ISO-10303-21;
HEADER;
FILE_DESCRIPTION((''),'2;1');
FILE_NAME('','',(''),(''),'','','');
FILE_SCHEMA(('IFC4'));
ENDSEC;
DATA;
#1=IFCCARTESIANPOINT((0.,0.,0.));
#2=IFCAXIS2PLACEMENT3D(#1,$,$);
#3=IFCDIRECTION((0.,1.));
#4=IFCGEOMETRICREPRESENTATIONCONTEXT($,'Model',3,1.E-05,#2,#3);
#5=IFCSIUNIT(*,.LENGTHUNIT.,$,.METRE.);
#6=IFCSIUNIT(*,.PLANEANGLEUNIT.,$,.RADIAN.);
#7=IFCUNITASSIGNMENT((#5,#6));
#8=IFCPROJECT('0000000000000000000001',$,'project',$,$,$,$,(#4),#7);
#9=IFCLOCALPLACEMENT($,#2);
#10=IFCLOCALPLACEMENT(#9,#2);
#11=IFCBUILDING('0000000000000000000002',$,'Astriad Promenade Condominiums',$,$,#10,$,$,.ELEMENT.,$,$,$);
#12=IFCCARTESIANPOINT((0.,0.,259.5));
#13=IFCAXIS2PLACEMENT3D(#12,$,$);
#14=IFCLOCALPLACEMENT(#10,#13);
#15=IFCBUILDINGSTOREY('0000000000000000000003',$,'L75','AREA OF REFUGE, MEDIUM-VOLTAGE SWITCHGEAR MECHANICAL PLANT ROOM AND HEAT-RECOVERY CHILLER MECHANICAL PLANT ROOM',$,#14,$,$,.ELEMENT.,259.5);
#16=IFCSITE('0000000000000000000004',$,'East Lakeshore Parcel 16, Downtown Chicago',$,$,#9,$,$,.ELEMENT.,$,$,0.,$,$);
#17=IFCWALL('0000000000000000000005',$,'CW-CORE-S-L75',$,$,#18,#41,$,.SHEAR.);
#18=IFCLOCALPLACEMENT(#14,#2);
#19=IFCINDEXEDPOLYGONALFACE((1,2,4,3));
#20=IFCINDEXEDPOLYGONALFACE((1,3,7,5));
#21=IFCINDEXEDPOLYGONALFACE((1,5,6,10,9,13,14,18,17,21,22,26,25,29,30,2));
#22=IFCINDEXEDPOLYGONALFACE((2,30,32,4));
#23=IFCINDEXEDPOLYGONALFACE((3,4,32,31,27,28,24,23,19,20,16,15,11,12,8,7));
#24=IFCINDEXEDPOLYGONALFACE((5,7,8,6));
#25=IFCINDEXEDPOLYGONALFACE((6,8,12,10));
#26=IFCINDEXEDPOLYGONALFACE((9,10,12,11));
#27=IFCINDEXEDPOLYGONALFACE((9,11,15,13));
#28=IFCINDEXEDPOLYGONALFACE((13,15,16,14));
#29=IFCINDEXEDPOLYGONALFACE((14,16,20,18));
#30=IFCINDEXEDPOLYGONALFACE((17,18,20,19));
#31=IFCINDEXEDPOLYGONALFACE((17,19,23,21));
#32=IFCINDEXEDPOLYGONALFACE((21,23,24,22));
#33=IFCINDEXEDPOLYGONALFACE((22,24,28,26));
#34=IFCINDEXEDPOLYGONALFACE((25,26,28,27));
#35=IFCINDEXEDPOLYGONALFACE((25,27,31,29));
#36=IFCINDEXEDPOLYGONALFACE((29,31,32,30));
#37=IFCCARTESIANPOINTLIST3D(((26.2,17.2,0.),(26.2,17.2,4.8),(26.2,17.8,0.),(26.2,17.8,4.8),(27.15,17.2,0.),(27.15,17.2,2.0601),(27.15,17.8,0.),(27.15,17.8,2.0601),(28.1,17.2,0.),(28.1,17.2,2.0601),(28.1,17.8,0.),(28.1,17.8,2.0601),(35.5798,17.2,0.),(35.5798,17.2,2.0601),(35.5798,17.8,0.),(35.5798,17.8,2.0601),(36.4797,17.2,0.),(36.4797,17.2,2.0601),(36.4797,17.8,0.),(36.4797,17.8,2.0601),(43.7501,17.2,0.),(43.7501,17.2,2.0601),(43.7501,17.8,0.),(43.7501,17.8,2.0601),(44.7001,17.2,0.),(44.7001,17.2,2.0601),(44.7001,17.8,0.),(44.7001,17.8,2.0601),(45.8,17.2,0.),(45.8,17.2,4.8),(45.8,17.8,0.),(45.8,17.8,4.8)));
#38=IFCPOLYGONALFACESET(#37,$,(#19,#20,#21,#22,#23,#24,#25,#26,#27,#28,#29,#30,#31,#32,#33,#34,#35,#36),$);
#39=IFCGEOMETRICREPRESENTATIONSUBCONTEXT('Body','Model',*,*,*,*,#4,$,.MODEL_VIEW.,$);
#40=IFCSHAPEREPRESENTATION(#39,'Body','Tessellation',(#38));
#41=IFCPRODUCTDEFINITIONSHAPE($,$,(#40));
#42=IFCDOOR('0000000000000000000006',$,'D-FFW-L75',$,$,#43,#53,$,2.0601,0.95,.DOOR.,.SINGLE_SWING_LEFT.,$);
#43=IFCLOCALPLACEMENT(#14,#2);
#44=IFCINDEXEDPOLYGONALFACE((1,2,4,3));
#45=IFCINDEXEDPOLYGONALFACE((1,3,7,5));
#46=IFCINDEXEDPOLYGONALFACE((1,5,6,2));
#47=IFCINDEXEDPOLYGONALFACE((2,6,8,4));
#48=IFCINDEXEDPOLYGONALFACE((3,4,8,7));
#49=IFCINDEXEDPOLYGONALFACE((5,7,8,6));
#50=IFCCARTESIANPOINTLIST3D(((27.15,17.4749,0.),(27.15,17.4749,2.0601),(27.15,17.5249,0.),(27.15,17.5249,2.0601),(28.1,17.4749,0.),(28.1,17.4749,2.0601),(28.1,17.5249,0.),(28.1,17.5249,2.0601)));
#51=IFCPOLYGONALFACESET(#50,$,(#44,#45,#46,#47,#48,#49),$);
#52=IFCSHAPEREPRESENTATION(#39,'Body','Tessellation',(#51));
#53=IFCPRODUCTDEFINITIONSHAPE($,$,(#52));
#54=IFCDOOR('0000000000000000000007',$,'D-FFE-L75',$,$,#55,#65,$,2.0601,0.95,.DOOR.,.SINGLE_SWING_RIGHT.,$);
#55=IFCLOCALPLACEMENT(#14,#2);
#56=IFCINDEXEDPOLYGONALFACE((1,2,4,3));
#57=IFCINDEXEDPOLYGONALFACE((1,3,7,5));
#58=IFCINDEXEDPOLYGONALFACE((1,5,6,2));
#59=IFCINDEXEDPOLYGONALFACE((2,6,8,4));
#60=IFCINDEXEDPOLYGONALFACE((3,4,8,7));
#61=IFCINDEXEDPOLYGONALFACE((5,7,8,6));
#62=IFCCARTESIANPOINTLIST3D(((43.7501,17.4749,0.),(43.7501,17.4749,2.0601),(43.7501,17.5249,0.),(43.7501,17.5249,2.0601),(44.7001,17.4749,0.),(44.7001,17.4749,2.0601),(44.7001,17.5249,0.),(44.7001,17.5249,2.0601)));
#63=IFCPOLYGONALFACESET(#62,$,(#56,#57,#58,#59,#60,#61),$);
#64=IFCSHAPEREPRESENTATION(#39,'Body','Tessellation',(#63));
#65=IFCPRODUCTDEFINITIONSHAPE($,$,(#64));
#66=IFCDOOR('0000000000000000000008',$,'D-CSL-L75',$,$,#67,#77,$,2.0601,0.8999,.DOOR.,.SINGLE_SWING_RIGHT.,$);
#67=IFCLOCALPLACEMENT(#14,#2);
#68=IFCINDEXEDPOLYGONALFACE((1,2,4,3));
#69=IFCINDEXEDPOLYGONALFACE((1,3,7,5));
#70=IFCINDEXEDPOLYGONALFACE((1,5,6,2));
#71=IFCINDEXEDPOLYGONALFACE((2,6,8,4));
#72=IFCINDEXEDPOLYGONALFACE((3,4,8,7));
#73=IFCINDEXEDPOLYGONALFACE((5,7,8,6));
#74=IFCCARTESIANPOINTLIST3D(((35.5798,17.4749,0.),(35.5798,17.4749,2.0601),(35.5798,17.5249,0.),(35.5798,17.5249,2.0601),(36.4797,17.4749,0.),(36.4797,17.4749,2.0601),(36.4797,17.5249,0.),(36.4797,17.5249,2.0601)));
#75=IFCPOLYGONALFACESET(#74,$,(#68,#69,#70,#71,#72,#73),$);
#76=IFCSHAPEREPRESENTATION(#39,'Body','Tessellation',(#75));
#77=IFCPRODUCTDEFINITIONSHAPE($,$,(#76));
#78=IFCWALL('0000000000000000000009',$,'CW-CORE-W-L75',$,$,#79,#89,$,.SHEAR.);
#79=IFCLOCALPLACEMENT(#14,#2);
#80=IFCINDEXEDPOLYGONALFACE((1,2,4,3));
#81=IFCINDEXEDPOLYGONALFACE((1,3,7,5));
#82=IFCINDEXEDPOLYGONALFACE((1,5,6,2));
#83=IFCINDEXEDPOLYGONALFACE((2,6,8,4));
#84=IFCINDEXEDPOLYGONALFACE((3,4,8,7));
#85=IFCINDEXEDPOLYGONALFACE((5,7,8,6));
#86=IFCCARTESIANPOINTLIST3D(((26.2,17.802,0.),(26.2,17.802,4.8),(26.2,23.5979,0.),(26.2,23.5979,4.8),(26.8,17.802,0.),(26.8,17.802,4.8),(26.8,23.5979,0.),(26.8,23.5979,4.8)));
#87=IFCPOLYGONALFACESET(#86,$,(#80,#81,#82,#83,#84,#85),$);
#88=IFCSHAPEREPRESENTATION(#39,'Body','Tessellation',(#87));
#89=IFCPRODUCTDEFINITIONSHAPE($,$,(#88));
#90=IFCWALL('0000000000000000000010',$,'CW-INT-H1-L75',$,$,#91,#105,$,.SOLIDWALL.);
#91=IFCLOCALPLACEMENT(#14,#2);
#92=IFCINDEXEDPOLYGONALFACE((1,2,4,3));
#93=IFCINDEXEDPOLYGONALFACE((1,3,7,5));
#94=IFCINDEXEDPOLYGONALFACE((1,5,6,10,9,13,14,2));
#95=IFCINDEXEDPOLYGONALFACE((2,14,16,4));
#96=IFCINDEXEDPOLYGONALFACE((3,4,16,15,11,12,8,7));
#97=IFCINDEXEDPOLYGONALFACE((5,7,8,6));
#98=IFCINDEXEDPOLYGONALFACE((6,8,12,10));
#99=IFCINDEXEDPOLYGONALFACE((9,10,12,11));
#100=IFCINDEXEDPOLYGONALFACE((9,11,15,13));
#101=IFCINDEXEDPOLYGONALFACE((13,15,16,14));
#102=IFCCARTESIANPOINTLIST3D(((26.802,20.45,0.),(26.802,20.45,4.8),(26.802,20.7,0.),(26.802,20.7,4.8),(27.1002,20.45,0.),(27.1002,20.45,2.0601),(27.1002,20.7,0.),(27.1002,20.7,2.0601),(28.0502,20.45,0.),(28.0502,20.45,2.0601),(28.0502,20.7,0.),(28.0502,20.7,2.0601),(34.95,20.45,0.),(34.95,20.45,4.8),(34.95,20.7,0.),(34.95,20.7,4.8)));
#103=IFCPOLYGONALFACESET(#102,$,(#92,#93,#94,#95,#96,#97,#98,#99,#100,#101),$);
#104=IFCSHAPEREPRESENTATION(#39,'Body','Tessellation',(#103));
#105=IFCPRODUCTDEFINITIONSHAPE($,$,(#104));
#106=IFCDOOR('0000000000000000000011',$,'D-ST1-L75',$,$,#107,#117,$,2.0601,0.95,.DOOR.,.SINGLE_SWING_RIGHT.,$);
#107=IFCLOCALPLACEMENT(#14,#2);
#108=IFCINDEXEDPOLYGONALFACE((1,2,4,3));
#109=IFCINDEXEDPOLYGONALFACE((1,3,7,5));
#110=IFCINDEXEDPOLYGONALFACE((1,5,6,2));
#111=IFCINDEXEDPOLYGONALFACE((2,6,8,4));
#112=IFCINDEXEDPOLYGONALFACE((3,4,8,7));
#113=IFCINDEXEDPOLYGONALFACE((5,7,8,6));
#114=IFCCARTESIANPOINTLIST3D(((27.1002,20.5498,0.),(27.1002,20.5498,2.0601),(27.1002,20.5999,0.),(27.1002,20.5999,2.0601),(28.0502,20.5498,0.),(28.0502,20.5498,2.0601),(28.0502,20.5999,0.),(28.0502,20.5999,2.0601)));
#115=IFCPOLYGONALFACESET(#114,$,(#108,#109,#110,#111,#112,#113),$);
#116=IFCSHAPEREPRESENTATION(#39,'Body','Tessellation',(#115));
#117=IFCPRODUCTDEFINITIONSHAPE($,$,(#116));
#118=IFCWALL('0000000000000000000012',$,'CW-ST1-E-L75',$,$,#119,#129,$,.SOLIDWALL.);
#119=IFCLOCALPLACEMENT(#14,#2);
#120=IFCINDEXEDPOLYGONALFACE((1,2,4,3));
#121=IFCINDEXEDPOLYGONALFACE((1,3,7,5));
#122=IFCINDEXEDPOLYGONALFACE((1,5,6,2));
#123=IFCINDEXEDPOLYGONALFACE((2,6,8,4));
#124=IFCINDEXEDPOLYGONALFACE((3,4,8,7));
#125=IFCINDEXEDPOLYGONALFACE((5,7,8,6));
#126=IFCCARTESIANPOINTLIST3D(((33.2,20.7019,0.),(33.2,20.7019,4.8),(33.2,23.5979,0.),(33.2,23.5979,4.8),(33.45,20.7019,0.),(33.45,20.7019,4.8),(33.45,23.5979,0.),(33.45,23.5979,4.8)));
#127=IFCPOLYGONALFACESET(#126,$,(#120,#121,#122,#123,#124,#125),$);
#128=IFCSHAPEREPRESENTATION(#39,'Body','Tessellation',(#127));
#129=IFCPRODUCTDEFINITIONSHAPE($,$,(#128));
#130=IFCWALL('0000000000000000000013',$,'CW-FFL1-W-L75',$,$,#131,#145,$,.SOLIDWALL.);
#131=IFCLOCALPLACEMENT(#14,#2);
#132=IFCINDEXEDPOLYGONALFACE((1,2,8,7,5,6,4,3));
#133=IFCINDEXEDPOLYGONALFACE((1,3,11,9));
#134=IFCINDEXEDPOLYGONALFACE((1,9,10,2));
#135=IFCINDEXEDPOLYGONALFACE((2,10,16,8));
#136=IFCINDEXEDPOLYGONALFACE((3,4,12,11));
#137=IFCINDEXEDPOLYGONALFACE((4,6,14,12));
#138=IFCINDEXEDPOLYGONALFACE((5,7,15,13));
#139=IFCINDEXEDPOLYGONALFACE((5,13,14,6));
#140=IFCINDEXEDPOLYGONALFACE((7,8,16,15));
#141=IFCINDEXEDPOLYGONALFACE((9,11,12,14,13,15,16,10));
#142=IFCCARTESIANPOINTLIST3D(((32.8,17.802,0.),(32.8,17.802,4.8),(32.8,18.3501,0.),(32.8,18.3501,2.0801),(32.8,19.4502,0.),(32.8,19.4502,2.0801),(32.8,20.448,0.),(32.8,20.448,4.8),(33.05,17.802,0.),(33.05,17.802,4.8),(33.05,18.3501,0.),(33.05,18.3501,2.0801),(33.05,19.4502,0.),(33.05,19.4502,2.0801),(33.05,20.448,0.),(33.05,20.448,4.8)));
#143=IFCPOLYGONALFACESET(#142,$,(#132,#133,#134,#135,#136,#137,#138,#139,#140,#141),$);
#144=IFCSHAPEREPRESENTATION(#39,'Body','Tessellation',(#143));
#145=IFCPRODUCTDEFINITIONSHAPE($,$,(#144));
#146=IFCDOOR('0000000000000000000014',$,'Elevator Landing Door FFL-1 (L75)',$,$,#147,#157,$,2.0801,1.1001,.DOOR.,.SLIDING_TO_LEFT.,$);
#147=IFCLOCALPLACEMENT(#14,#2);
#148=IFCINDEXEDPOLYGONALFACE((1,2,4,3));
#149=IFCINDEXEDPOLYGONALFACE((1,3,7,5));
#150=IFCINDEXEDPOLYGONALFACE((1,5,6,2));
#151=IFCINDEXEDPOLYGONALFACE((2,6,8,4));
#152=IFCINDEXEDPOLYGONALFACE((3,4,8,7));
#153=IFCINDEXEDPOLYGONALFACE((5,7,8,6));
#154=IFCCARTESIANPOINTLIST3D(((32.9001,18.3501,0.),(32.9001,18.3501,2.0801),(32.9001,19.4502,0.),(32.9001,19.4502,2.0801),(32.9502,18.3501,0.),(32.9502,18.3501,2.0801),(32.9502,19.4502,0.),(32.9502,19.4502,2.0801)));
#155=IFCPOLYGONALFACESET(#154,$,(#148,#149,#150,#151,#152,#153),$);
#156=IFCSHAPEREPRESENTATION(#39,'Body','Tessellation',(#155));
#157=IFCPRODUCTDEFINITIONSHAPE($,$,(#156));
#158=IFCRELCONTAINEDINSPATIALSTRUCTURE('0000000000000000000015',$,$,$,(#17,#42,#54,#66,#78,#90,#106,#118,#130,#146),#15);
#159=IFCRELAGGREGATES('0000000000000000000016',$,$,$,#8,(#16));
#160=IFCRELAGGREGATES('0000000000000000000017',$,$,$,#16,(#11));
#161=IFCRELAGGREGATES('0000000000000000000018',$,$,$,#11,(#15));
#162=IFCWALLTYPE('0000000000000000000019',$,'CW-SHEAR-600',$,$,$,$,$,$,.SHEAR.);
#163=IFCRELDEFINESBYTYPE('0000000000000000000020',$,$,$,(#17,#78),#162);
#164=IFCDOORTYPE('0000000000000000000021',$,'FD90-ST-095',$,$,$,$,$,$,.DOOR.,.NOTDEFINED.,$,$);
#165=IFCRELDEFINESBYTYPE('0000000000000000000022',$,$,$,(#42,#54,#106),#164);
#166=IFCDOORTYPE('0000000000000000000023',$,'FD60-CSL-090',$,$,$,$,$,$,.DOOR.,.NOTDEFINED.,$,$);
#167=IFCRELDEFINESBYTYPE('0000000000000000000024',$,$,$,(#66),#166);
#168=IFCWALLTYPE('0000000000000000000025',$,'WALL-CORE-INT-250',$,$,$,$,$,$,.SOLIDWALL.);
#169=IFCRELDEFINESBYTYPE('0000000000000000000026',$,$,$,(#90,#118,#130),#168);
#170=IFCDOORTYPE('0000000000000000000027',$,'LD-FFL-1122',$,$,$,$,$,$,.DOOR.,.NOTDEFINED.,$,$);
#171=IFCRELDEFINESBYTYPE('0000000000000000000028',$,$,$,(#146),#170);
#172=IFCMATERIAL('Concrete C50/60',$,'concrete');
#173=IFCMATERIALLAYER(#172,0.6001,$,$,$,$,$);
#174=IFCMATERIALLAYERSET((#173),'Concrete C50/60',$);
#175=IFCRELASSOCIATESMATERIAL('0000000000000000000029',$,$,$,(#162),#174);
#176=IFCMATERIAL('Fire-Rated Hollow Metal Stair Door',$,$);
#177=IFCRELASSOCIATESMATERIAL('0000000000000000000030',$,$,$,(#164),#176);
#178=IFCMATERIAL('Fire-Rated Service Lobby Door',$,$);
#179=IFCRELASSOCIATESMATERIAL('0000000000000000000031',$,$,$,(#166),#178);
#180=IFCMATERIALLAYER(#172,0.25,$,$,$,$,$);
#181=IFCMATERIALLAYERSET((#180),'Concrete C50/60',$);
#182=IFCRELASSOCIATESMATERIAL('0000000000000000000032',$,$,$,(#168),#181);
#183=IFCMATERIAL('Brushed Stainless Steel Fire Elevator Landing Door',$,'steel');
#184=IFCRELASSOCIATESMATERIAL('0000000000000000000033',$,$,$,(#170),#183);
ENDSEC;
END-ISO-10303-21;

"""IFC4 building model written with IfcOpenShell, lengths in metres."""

from ifc_helpers import new_model, si_unit, direction, frame, frame_2d, origin, place, context, subcontext, project, spatial, rectangle, extrude, source, transform, mapped, material, layer, layer_set, type_object, type_shapes, element, fill, save


model = new_model("IFC4")

# Units and contexts
model_context = context("Model", 3, precision=1e-05, world=origin(), true_north=direction((0.0, 1.0)))
body_context = subcontext(model_context, "Body", "Model", "MODEL_VIEW")
ifc_project = project(units=[si_unit("LENGTHUNIT", "METRE"), si_unit("PLANEANGLEUNIT", "RADIAN")], contexts=[model_context])

# Site, building, storey
site_placement = place(None, origin())
site = spatial("IfcSite", under=ifc_project, at=site_placement, Name="East Lakeshore Parcel 16, Downtown Chicago", CompositionType="ELEMENT", RefElevation=0.0)
building_placement = place(site_placement, origin())
building = spatial("IfcBuilding", under=site, at=building_placement, Name="Astriad Promenade Condominiums", CompositionType="ELEMENT")
storey_placement = place(building_placement, frame((0.0, 0.0, 259.5)))
storey = spatial("IfcBuildingStorey", under=building, at=storey_placement, Name="L75", Description="AREA OF REFUGE, MEDIUM-VOLTAGE SWITCHGEAR MECHANICAL PLANT ROOM AND HEAT-RECOVERY CHILLER MECHANICAL PLANT ROOM", CompositionType="ELEMENT", Elevation=259.5)

# Wall, openings, doors
ifc_material_1 = material(Name="Concrete C50/60", Category="concrete")
ifc_layer_1 = layer(ifc_material_1, 0.6001)
ifc_layer_set_1 = layer_set([ifc_layer_1], Name="Concrete C50/60")
wall_type_1 = type_object("IfcWallType", Name="CW-SHEAR-600", PredefinedType="SHEAR", material=ifc_layer_set_1)
wall_1_placement = place(storey_placement, frame((26.2, 17.5, 0.0), z_axis=(0.0, 0.0, 1.0), x_axis=(1.0, 0.0, 0.0)))
wall_1 = element("IfcWall", 1, at=wall_1_placement, inside=storey, type_object=wall_type_1, Name="CW-CORE-S-L75", PredefinedType="SHEAR", context=body_context, shape_type="SweptSolid", body=[
    extrude(rectangle(XDim=19.6001, YDim=0.6001, at=frame_2d((9.8, 0.0))), origin(), (0.0, 0.0, 1.0), 4.8),
])
opening_1_placement = place(wall_1_placement, frame((0.95, 0.0, 0.0)))
opening_1 = element("IfcOpeningElement", 2, at=opening_1_placement, cuts=wall_1, PredefinedType="OPENING", context=body_context, shape_type="SweptSolid", body=[
    extrude(rectangle(XDim=0.95, YDim=2.0601, at=frame_2d((0.4751, 1.03))), frame((0.0, 0.3101, 0.0), z_axis=(0.0, -1.0, 0.0), x_axis=(1.0, 0.0, 0.0)), (0.0, 0.0, 1.0), 0.6201),
])
opening_2_placement = place(wall_1_placement, frame((9.3799, 0.0, 0.0)))
opening_2 = element("IfcOpeningElement", 3, at=opening_2_placement, cuts=wall_1, PredefinedType="OPENING", context=body_context, shape_type="SweptSolid", body=[
    extrude(rectangle(XDim=0.8999, YDim=2.0601, at=frame_2d((0.45, 1.03))), frame((0.0, 0.3101, 0.0), z_axis=(0.0, -1.0, 0.0), x_axis=(1.0, 0.0, 0.0)), (0.0, 0.0, 1.0), 0.6201),
])
opening_3_placement = place(wall_1_placement, frame((17.55, 0.0, 0.0)))
opening_3 = element("IfcOpeningElement", 4, at=opening_3_placement, cuts=wall_1, PredefinedType="OPENING", context=body_context, shape_type="SweptSolid", body=[
    extrude(rectangle(XDim=0.95, YDim=2.0601, at=frame_2d((0.4751, 1.03))), frame((0.0, 0.3101, 0.0), z_axis=(0.0, -1.0, 0.0), x_axis=(1.0, 0.0, 0.0)), (0.0, 0.0, 1.0), 0.6201),
])
ifc_material_2 = material(Name="Fire-Rated Hollow Metal Stair Door")
door_type_1 = type_object("IfcDoorType", Name="FD90-ST-095", OperationType="NOTDEFINED", PredefinedType="DOOR", material=ifc_material_2)
shared_shape_1 = source(origin(), body_context, "Body", "SweptSolid", [
    extrude(rectangle(XDim=0.95, YDim=2.0601, at=frame_2d((0.4751, 1.03))), frame((0.0, 0.0249, 0.0), z_axis=(0.0, -1.0, 0.0), x_axis=(1.0, 0.0, 0.0)), (0.0, 0.0, 1.0), 0.05),
])
type_shapes(door_type_1, [shared_shape_1])
door_1_placement = place(opening_1_placement, origin())
door_1 = element("IfcDoor", 5, at=door_1_placement, inside=storey, type_object=door_type_1, Name="D-FFW-L75", OperationType="SINGLE_SWING_LEFT", OverallHeight=2.0601, OverallWidth=0.95, PredefinedType="DOOR", context=body_context, shape_type="MappedRepresentation", body=[
    mapped(shared_shape_1, transform((0.0, 0.0, 0.0), scale=1.0)),
])
fill(opening_1, door_1)
door_2_placement = place(opening_3_placement, origin())
door_2 = element("IfcDoor", 6, at=door_2_placement, inside=storey, type_object=door_type_1, Name="D-FFE-L75", OperationType="SINGLE_SWING_RIGHT", OverallHeight=2.0601, OverallWidth=0.95, PredefinedType="DOOR", context=body_context, shape_type="MappedRepresentation", body=[
    mapped(shared_shape_1, transform((0.0, 0.0, 0.0), scale=1.0)),
])
fill(opening_3, door_2)
ifc_material_3 = material(Name="Fire-Rated Service Lobby Door")
door_type_2 = type_object("IfcDoorType", Name="FD60-CSL-090", OperationType="NOTDEFINED", PredefinedType="DOOR", material=ifc_material_3)
shared_shape_2 = source(origin(), body_context, "Body", "SweptSolid", [
    extrude(rectangle(XDim=0.8999, YDim=2.0601, at=frame_2d((0.45, 1.03))), frame((0.0, 0.0249, 0.0), z_axis=(0.0, -1.0, 0.0), x_axis=(1.0, 0.0, 0.0)), (0.0, 0.0, 1.0), 0.05),
])
type_shapes(door_type_2, [shared_shape_2])
door_3_placement = place(opening_2_placement, origin())
door_3 = element("IfcDoor", 7, at=door_3_placement, inside=storey, type_object=door_type_2, Name="D-CSL-L75", OperationType="SINGLE_SWING_RIGHT", OverallHeight=2.0601, OverallWidth=0.8999, PredefinedType="DOOR", context=body_context, shape_type="MappedRepresentation", body=[
    mapped(shared_shape_2, transform((0.0, 0.0, 0.0), scale=1.0)),
])
fill(opening_2, door_3)

# Wall
wall_2_placement = place(storey_placement, frame((26.5, 17.802, 0.0), z_axis=(0.0, 0.0, 1.0), x_axis=(0.0, 1.0, 0.0)))
element("IfcWall", 8, at=wall_2_placement, inside=storey, type_object=wall_type_1, Name="CW-CORE-W-L75", PredefinedType="SHEAR", context=body_context, shape_type="SweptSolid", body=[
    extrude(rectangle(XDim=5.7959, YDim=0.6001, at=frame_2d((2.8979, 0.0))), origin(), (0.0, 0.0, 1.0), 4.8),
])

# Wall, opening, door
ifc_layer_2 = layer(ifc_material_1, 0.25)
ifc_layer_set_2 = layer_set([ifc_layer_2], Name="Concrete C50/60")
wall_type_2 = type_object("IfcWallType", Name="WALL-CORE-INT-250", PredefinedType="SOLIDWALL", material=ifc_layer_set_2)
wall_3_placement = place(storey_placement, frame((26.802, 20.575, 0.0), z_axis=(0.0, 0.0, 1.0), x_axis=(1.0, 0.0, 0.0)))
wall_3 = element("IfcWall", 9, at=wall_3_placement, inside=storey, type_object=wall_type_2, Name="CW-INT-H1-L75", PredefinedType="SOLIDWALL", context=body_context, shape_type="SweptSolid", body=[
    extrude(rectangle(XDim=8.1479, YDim=0.25, at=frame_2d((4.074, 0.0))), origin(), (0.0, 0.0, 1.0), 4.8),
])
opening_4_placement = place(wall_3_placement, frame((0.2981, 0.0, 0.0)))
opening_4 = element("IfcOpeningElement", 10, at=opening_4_placement, cuts=wall_3, PredefinedType="OPENING", context=body_context, shape_type="SweptSolid", body=[
    extrude(rectangle(XDim=0.95, YDim=2.0601, at=frame_2d((0.4751, 1.03))), frame((0.0, 0.135, 0.0), z_axis=(0.0, -1.0, 0.0), x_axis=(1.0, 0.0, 0.0)), (0.0, 0.0, 1.0), 0.27),
])
door_4_placement = place(opening_4_placement, origin())
door_4 = element("IfcDoor", 11, at=door_4_placement, inside=storey, type_object=door_type_1, Name="D-ST1-L75", OperationType="SINGLE_SWING_RIGHT", OverallHeight=2.0601, OverallWidth=0.95, PredefinedType="DOOR", context=body_context, shape_type="MappedRepresentation", body=[
    mapped(shared_shape_1, transform((0.0, 0.0, 0.0), scale=1.0)),
])
fill(opening_4, door_4)

# Wall
wall_4_placement = place(storey_placement, frame((33.325, 20.7019, 0.0), z_axis=(0.0, 0.0, 1.0), x_axis=(0.0, 1.0, 0.0)))
element("IfcWall", 12, at=wall_4_placement, inside=storey, type_object=wall_type_2, Name="CW-ST1-E-L75", PredefinedType="SOLIDWALL", context=body_context, shape_type="SweptSolid", body=[
    extrude(rectangle(XDim=2.896, YDim=0.25, at=frame_2d((1.448, 0.0))), origin(), (0.0, 0.0, 1.0), 4.8),
])

# Wall, opening, door
wall_5_placement = place(storey_placement, frame((32.925, 17.802, 0.0), z_axis=(0.0, 0.0, 1.0), x_axis=(0.0, 1.0, 0.0)))
wall_5 = element("IfcWall", 13, at=wall_5_placement, inside=storey, type_object=wall_type_2, Name="CW-FFL1-W-L75", PredefinedType="SOLIDWALL", context=body_context, shape_type="SweptSolid", body=[
    extrude(rectangle(XDim=2.646, YDim=0.25, at=frame_2d((1.323, 0.0))), origin(), (0.0, 0.0, 1.0), 4.8),
])
opening_5_placement = place(wall_5_placement, frame((0.5481, 0.0, 0.0)))
opening_5 = element("IfcOpeningElement", 14, at=opening_5_placement, cuts=wall_5, PredefinedType="OPENING", context=body_context, shape_type="SweptSolid", body=[
    extrude(rectangle(XDim=1.1001, YDim=2.0801, at=frame_2d((0.55, 1.04))), frame((0.0, 0.135, 0.0), z_axis=(0.0, -1.0, 0.0), x_axis=(1.0, 0.0, 0.0)), (0.0, 0.0, 1.0), 0.27),
])
ifc_material_4 = material(Name="Brushed Stainless Steel Fire Elevator Landing Door", Category="steel")
door_type_3 = type_object("IfcDoorType", Name="LD-FFL-1122", OperationType="NOTDEFINED", PredefinedType="DOOR", material=ifc_material_4)
shared_shape_3 = source(origin(), body_context, "Body", "SweptSolid", [
    extrude(rectangle(XDim=1.1001, YDim=2.0801, at=frame_2d((0.55, 1.04))), frame((0.0, 0.0249, 0.0), z_axis=(0.0, -1.0, 0.0), x_axis=(1.0, 0.0, 0.0)), (0.0, 0.0, 1.0), 0.05),
])
type_shapes(door_type_3, [shared_shape_3])
door_5_placement = place(opening_5_placement, origin())
door_5 = element("IfcDoor", 15, at=door_5_placement, inside=storey, type_object=door_type_3, Name="Elevator Landing Door FFL-1 (L75)", OperationType="SLIDING_TO_LEFT", OverallHeight=2.0801, OverallWidth=1.1001, PredefinedType="DOOR", context=body_context, shape_type="MappedRepresentation", body=[
    mapped(shared_shape_3, transform((0.0, 0.0, 0.0), scale=1.0)),
])
fill(opening_5, door_5)

save(model, "model.ifc")
